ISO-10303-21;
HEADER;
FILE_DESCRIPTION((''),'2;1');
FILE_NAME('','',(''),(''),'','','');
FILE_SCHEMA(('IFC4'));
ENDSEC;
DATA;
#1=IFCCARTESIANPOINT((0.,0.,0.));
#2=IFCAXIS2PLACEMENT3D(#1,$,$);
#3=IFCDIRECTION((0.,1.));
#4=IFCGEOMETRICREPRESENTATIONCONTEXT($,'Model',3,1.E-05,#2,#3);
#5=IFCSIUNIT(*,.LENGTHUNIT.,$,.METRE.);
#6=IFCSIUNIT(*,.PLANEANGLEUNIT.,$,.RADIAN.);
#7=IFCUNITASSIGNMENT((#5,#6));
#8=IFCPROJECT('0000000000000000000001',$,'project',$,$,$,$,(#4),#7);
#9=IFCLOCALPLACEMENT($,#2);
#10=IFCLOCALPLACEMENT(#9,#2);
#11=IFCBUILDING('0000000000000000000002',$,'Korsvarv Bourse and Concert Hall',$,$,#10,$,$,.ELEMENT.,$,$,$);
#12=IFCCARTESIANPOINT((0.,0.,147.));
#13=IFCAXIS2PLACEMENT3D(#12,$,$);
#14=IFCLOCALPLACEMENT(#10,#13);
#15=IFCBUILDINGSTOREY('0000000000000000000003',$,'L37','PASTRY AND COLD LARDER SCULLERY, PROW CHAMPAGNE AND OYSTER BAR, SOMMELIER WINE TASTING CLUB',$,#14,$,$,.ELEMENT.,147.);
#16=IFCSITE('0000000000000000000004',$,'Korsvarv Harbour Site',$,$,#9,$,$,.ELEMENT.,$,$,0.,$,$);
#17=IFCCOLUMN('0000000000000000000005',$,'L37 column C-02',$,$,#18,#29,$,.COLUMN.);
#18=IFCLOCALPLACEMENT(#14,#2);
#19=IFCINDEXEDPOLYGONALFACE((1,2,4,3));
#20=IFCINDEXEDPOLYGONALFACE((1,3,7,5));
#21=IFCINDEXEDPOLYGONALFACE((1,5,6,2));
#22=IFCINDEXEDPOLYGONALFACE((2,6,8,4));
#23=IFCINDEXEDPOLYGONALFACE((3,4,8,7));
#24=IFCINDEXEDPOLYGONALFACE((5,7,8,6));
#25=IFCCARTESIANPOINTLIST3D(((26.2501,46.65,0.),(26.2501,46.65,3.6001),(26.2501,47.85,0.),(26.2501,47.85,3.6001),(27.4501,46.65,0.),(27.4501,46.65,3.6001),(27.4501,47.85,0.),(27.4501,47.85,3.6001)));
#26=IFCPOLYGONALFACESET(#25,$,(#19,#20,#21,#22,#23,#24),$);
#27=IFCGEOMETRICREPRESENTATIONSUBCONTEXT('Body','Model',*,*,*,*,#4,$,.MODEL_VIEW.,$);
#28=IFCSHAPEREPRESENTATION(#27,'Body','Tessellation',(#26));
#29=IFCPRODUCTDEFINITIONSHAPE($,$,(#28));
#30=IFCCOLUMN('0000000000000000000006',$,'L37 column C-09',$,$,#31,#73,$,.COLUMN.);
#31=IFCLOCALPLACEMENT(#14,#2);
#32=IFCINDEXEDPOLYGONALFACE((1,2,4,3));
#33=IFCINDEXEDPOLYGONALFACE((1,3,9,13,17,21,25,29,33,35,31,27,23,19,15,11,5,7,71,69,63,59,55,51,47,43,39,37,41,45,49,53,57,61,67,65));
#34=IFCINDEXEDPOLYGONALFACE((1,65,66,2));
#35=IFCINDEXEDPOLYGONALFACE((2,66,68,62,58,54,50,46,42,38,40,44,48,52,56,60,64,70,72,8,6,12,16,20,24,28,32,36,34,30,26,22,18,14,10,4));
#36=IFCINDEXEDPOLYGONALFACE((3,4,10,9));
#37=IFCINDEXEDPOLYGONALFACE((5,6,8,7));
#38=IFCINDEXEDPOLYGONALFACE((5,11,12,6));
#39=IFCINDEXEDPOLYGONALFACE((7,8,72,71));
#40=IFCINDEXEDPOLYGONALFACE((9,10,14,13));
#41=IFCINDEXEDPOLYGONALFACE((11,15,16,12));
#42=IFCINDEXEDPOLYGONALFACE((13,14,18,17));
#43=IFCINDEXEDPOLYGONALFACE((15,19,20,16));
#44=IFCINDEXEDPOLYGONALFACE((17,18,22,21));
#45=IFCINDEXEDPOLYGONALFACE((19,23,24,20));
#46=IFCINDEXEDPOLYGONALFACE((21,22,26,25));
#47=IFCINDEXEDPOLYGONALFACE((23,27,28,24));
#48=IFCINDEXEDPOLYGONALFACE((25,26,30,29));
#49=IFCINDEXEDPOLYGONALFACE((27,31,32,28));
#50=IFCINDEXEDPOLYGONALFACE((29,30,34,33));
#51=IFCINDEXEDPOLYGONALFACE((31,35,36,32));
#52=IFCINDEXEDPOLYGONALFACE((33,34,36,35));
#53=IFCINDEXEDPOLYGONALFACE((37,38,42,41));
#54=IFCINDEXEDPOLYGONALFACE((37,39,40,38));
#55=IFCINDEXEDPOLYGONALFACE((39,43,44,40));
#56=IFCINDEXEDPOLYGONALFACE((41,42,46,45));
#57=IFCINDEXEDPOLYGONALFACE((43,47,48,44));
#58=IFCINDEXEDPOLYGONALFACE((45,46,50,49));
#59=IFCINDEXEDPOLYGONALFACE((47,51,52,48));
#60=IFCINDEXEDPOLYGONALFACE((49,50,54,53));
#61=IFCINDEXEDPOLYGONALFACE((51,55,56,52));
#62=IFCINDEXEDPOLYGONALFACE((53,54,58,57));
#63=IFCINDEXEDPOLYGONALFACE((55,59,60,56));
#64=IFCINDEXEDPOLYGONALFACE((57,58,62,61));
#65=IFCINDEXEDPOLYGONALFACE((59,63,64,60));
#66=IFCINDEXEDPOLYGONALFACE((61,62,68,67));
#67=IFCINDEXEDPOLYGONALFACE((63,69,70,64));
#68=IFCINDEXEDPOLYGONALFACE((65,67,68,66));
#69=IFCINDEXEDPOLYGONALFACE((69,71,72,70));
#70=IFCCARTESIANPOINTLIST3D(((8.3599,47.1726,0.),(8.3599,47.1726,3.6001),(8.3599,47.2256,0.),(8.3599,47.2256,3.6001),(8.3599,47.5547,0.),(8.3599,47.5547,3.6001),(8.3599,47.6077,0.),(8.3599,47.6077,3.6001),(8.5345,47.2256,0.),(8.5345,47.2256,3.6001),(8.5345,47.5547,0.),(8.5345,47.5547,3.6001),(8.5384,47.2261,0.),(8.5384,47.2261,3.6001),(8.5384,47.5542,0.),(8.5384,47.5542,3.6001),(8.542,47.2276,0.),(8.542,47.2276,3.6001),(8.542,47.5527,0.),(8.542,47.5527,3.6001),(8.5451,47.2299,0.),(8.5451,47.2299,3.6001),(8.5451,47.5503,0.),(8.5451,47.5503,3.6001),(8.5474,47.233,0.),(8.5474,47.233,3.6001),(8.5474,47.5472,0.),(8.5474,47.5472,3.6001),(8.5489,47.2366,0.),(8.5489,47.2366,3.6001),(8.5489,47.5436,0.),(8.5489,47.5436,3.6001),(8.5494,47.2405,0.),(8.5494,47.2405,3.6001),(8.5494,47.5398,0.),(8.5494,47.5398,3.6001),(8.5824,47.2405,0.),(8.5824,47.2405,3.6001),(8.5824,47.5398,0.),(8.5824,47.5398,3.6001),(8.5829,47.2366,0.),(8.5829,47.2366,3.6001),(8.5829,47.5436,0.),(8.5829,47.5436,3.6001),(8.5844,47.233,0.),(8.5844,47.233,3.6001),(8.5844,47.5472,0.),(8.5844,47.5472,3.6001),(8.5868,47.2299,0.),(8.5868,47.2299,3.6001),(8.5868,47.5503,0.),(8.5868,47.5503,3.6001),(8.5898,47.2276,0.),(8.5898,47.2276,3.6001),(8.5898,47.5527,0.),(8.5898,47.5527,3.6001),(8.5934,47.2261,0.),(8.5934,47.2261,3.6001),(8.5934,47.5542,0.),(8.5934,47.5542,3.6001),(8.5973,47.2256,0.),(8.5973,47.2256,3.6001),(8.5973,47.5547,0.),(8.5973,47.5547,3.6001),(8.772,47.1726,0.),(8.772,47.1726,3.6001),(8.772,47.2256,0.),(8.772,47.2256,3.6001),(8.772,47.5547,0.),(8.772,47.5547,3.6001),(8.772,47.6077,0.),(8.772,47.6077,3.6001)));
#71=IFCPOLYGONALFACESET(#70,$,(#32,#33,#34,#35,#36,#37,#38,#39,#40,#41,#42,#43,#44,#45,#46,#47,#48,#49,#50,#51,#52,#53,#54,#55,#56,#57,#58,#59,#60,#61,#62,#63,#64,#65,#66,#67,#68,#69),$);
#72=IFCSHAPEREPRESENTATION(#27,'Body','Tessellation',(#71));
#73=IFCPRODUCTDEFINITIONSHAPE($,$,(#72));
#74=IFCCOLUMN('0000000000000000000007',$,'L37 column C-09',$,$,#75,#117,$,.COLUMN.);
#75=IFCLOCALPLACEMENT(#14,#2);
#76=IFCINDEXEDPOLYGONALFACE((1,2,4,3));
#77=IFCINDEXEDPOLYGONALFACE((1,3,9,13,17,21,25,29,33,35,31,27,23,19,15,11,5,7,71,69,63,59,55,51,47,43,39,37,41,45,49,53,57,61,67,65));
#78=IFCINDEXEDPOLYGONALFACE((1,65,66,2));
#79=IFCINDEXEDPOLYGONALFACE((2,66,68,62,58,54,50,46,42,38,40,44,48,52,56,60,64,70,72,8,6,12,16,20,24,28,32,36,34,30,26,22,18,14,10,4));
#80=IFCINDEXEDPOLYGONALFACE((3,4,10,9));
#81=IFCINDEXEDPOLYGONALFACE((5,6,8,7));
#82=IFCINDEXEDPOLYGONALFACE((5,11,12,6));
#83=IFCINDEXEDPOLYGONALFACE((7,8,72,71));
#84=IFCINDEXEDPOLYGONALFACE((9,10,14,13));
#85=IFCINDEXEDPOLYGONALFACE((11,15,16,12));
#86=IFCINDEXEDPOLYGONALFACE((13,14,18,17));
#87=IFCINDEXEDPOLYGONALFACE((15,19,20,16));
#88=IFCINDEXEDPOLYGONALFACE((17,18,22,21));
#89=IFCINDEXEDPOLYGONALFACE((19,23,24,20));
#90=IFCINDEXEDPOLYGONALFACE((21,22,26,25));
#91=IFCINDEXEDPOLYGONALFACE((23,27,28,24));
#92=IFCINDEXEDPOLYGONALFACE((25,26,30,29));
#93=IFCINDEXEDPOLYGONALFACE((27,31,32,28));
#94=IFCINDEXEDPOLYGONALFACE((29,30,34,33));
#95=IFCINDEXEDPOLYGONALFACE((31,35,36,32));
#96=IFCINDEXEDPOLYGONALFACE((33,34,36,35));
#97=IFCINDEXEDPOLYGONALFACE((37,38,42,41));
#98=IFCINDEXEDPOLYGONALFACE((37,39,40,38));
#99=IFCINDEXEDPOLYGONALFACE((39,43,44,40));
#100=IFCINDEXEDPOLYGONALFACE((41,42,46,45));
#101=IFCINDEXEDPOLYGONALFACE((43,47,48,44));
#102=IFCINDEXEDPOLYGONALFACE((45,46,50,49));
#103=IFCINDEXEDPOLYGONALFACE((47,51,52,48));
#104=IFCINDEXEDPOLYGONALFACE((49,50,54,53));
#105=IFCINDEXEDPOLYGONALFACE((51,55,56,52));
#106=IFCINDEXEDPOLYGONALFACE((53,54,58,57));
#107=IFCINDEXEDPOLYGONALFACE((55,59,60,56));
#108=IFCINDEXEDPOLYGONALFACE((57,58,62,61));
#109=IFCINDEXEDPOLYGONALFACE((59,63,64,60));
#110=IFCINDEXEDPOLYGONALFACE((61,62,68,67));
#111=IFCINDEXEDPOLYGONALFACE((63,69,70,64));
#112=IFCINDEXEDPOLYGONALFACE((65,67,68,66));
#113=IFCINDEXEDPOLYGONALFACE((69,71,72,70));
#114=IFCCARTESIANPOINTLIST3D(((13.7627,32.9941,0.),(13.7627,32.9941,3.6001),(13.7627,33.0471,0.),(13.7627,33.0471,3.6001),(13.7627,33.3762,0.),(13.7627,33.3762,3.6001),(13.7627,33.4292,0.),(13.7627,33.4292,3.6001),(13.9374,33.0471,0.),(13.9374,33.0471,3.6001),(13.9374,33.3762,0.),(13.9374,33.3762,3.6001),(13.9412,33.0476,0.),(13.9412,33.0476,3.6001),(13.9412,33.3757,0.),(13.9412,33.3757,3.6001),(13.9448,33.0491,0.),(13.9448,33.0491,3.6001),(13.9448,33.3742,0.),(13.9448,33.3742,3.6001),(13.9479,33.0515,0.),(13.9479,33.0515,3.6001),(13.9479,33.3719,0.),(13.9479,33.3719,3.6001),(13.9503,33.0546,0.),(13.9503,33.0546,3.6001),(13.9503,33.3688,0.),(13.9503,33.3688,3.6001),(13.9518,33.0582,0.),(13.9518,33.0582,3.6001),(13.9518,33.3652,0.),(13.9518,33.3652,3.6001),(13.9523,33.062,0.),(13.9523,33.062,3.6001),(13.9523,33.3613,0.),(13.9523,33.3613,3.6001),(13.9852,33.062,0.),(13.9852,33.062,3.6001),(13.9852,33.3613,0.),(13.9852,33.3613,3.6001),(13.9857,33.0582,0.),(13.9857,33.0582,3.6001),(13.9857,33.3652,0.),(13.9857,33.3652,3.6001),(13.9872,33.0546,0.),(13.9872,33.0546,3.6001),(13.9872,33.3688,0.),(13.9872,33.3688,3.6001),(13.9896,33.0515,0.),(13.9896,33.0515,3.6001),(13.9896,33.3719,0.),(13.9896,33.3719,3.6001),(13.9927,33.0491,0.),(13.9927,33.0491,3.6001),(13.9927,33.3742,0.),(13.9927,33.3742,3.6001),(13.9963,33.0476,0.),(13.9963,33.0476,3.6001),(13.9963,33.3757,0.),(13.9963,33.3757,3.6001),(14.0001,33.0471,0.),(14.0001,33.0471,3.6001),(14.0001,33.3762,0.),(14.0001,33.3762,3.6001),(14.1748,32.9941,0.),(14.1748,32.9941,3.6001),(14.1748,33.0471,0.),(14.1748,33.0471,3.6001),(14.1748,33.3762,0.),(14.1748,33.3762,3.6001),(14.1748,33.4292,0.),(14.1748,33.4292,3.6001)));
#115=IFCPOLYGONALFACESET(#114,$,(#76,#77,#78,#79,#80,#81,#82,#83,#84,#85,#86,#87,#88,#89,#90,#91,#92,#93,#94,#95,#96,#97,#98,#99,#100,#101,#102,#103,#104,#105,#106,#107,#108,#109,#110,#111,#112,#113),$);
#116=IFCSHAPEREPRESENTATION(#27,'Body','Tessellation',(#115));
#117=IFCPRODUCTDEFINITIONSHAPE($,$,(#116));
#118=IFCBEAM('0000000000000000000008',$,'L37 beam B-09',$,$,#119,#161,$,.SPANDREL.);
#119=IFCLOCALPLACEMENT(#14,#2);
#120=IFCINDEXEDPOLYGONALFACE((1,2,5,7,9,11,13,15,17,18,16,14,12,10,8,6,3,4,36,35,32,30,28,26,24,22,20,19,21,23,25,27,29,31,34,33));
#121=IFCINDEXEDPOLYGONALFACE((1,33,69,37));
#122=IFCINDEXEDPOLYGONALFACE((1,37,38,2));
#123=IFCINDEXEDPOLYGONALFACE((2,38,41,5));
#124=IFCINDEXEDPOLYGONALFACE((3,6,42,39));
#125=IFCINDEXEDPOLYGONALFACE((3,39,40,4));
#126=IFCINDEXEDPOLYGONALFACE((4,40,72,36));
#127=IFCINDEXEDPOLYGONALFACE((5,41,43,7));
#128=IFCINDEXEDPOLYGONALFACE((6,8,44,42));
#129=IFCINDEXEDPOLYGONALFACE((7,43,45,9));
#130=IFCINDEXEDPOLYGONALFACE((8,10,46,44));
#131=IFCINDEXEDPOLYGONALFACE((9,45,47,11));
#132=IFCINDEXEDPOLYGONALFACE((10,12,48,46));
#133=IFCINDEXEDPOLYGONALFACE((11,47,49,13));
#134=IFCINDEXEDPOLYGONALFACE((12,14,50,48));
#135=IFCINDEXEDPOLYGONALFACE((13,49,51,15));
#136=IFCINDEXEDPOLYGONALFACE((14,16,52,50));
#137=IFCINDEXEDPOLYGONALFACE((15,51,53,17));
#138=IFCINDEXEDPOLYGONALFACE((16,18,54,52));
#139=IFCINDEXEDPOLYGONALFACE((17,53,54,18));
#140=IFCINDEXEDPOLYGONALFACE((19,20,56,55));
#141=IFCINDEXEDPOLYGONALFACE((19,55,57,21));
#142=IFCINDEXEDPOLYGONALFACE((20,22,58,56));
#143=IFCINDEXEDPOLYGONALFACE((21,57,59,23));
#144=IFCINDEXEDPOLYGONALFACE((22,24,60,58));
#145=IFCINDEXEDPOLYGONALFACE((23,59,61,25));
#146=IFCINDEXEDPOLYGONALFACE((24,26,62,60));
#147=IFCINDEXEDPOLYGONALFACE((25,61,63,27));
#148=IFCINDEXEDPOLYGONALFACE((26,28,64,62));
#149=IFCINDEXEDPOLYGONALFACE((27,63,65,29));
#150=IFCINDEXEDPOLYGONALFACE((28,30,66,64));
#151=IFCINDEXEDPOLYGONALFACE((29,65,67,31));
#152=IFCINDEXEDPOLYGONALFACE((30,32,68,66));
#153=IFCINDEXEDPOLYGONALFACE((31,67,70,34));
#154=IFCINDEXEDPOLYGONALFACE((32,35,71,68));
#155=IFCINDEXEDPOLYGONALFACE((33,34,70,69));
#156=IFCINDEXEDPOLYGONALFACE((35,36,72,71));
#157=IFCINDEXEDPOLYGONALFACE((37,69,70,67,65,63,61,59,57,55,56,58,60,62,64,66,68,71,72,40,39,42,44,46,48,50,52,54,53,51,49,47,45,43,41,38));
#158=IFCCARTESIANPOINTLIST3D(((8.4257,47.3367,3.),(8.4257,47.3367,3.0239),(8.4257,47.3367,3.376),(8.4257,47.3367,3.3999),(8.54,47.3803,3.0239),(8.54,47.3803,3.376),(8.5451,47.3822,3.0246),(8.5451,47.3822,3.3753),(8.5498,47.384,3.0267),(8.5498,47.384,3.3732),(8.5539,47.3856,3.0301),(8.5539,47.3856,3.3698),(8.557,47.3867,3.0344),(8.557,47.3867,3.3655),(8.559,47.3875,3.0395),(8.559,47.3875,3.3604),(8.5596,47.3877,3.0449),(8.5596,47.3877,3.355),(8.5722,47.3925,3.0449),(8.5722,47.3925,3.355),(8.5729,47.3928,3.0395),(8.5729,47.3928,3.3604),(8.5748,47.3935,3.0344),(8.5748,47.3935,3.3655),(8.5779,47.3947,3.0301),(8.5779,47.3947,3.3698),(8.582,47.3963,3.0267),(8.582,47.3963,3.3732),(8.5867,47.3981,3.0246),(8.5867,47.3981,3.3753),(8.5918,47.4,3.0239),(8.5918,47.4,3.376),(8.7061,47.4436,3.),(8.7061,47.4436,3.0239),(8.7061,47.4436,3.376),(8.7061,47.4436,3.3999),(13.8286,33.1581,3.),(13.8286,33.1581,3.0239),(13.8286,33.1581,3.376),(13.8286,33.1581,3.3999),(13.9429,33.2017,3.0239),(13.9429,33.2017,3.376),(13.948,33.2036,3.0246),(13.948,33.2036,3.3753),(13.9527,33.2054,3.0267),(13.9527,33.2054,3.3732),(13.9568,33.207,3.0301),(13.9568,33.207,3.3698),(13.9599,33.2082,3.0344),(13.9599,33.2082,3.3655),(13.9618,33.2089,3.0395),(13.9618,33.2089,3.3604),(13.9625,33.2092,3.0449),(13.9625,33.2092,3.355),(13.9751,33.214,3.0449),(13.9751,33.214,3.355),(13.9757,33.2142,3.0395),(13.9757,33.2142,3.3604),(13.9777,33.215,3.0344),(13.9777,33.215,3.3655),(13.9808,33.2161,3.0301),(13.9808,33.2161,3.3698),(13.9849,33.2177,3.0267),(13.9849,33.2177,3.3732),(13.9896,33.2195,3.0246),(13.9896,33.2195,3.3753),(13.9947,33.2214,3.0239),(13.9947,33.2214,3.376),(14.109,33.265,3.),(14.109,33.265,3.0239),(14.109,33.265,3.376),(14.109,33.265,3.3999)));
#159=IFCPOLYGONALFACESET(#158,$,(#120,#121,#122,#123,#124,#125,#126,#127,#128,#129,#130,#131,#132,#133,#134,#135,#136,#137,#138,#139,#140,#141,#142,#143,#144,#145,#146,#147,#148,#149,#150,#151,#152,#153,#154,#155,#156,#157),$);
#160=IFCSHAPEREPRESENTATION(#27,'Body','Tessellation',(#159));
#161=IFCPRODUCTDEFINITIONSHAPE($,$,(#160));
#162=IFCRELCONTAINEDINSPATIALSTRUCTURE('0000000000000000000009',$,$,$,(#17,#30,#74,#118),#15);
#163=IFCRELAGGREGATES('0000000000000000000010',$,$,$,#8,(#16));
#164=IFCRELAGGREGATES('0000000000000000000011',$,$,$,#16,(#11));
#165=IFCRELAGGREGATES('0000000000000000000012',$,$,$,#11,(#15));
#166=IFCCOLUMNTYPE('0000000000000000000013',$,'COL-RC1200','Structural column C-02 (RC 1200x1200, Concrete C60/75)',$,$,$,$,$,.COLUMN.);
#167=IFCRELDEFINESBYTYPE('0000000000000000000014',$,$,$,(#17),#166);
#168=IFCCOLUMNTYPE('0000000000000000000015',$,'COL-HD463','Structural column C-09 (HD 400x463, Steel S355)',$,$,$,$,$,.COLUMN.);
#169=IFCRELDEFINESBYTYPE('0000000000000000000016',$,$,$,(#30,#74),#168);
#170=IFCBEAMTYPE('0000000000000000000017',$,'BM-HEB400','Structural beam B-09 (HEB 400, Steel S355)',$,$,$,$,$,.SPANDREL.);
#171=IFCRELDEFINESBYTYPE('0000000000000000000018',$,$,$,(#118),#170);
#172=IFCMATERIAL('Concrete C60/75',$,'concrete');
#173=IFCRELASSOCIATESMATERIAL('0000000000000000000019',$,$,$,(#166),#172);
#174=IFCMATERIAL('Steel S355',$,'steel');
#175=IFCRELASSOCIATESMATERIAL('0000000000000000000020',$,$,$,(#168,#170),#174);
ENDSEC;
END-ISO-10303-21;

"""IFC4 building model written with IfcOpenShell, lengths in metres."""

from ifc_helpers import new_model, si_unit, direction, frame, origin, origin_2d, place, context, subcontext, project, spatial, rectangle, i_section, extrude, source, transform, mapped, material, material_profile, profile_set, type_object, element, save


model = new_model("IFC4")

# Units and contexts
model_context = context("Model", 3, precision=1e-05, world=origin(), true_north=direction((0.0, 1.0)))
body_context = subcontext(model_context, "Body", "Model", "MODEL_VIEW")
ifc_project = project(units=[si_unit("LENGTHUNIT", "METRE"), si_unit("PLANEANGLEUNIT", "RADIAN")], contexts=[model_context])

# Site, building, storey
site_placement = place(None, origin())
site = spatial("IfcSite", under=ifc_project, at=site_placement, Name="Korsvarv Harbour Site", CompositionType="ELEMENT", RefElevation=0.0)
building_placement = place(site_placement, origin())
building = spatial("IfcBuilding", under=site, at=building_placement, Name="Korsvarv Bourse and Concert Hall", CompositionType="ELEMENT")
storey_placement = place(building_placement, frame((0.0, 0.0, 147.0)))
storey = spatial("IfcBuildingStorey", under=building, at=storey_placement, Name="L37", Description="PASTRY AND COLD LARDER SCULLERY, PROW CHAMPAGNE AND OYSTER BAR, SOMMELIER WINE TASTING CLUB", CompositionType="ELEMENT", Elevation=147.0)

# Columns
ifc_material_1 = material(Name="Concrete C60/75", Category="concrete")
ifc_material_profile_1 = material_profile(ifc_material_1, rectangle(XDim=1.2, YDim=1.2, at=origin_2d()), Name="RC 1200x1200")
ifc_profile_set_1 = profile_set([ifc_material_profile_1], Name="Concrete C60/75")
column_type_1 = type_object("IfcColumnType", Name="COL-RC1200", Description="Structural column C-02 (RC 1200x1200, Concrete C60/75)", PredefinedType="COLUMN", material=ifc_profile_set_1)
shared_shape_1 = source(origin(), body_context, "Body", "SweptSolid", [
    extrude(rectangle(XDim=1.2, YDim=1.2, at=origin_2d()), origin(), (0.0, 0.0, 1.0), 3.6001),
])
column_placement = place(storey_placement, frame((26.8501, 47.25, 0.0), z_axis=(0.0, 0.0, 1.0), x_axis=(1.0, 0.0, 0.0)))
element("IfcColumn", 1, at=column_placement, inside=storey, type_object=column_type_1, Name="L37 column C-02", PredefinedType="COLUMN", context=body_context, shape_type="MappedRepresentation", body=[
    mapped(shared_shape_1, transform((0.0, 0.0, 0.0), scale=1.0)),
])
ifc_material_2 = material(Name="Steel S355", Category="steel")
ifc_material_profile_2 = material_profile(ifc_material_2, i_section(OverallWidth=0.4121, OverallDepth=0.4351, WebThickness=0.033, FlangeThickness=0.053, FilletRadius=0.0149, at=origin_2d()), Name="HD 400x463")
ifc_profile_set_2 = profile_set([ifc_material_profile_2], Name="Steel S355")
column_type_2 = type_object("IfcColumnType", Name="COL-HD463", Description="Structural column C-09 (HD 400x463, Steel S355)", PredefinedType="COLUMN", material=ifc_profile_set_2)
shared_shape_2 = source(origin(), body_context, "Body", "SweptSolid", [
    extrude(i_section(OverallWidth=0.4121, OverallDepth=0.4351, WebThickness=0.033, FlangeThickness=0.053, FilletRadius=0.0149, at=origin_2d()), origin(), (0.0, 0.0, 1.0), 3.6001),
])
for number, where, z_axis, x_axis, name in (
    (2, (8.5659, 47.3901, 0.0), (0.0, 0.0, 1.0), (1.0, 0.0, 0.0), "L37 column C-09"),
    (3, (13.9688, 33.2117, 0.0), (0.0, 0.0, 1.0), (1.0, 0.0, 0.0), "L37 column C-09"),
):
    element("IfcColumn", number, at=place(storey_placement, frame(where, z_axis=z_axis, x_axis=x_axis)), inside=storey, type_object=column_type_2, Name=name, PredefinedType="COLUMN", context=body_context, shape_type="MappedRepresentation", body=[
        mapped(shared_shape_2, transform((0.0, 0.0, 0.0), scale=1.0)),
    ])

# Beam
ifc_material_profile_3 = material_profile(ifc_material_2, i_section(OverallWidth=0.3, OverallDepth=0.3999, WebThickness=0.0134, FlangeThickness=0.0239, FilletRadius=0.021, at=origin_2d()), Name="HEB 400")
ifc_profile_set_3 = profile_set([ifc_material_profile_3], Name="Steel S355")
beam_type_1 = type_object("IfcBeamType", Name="BM-HEB400", Description="Structural beam B-09 (HEB 400, Steel S355)", PredefinedType="SPANDREL", material=ifc_profile_set_3)
shared_shape_3 = source(origin(), body_context, "Body", "SweptSolid", [
    extrude(i_section(OverallWidth=0.3, OverallDepth=0.3999, WebThickness=0.0134, FlangeThickness=0.0239, FilletRadius=0.021, at=origin_2d()), origin(), (0.0, 0.0, 1.0), 15.1731),
])
beam_1_placement = place(storey_placement, frame((8.5659, 47.3901, 3.2), z_axis=(0.356082, -0.934455, 0.0), x_axis=(0.934455, 0.356082, 0.0)))
element("IfcBeam", 4, at=beam_1_placement, inside=storey, type_object=beam_type_1, Name="L37 beam B-09", PredefinedType="SPANDREL", context=body_context, shape_type="MappedRepresentation", body=[
    mapped(shared_shape_3, transform((0.0, 0.0, 0.0), scale=1.0)),
])

save(model, "model.ifc")
